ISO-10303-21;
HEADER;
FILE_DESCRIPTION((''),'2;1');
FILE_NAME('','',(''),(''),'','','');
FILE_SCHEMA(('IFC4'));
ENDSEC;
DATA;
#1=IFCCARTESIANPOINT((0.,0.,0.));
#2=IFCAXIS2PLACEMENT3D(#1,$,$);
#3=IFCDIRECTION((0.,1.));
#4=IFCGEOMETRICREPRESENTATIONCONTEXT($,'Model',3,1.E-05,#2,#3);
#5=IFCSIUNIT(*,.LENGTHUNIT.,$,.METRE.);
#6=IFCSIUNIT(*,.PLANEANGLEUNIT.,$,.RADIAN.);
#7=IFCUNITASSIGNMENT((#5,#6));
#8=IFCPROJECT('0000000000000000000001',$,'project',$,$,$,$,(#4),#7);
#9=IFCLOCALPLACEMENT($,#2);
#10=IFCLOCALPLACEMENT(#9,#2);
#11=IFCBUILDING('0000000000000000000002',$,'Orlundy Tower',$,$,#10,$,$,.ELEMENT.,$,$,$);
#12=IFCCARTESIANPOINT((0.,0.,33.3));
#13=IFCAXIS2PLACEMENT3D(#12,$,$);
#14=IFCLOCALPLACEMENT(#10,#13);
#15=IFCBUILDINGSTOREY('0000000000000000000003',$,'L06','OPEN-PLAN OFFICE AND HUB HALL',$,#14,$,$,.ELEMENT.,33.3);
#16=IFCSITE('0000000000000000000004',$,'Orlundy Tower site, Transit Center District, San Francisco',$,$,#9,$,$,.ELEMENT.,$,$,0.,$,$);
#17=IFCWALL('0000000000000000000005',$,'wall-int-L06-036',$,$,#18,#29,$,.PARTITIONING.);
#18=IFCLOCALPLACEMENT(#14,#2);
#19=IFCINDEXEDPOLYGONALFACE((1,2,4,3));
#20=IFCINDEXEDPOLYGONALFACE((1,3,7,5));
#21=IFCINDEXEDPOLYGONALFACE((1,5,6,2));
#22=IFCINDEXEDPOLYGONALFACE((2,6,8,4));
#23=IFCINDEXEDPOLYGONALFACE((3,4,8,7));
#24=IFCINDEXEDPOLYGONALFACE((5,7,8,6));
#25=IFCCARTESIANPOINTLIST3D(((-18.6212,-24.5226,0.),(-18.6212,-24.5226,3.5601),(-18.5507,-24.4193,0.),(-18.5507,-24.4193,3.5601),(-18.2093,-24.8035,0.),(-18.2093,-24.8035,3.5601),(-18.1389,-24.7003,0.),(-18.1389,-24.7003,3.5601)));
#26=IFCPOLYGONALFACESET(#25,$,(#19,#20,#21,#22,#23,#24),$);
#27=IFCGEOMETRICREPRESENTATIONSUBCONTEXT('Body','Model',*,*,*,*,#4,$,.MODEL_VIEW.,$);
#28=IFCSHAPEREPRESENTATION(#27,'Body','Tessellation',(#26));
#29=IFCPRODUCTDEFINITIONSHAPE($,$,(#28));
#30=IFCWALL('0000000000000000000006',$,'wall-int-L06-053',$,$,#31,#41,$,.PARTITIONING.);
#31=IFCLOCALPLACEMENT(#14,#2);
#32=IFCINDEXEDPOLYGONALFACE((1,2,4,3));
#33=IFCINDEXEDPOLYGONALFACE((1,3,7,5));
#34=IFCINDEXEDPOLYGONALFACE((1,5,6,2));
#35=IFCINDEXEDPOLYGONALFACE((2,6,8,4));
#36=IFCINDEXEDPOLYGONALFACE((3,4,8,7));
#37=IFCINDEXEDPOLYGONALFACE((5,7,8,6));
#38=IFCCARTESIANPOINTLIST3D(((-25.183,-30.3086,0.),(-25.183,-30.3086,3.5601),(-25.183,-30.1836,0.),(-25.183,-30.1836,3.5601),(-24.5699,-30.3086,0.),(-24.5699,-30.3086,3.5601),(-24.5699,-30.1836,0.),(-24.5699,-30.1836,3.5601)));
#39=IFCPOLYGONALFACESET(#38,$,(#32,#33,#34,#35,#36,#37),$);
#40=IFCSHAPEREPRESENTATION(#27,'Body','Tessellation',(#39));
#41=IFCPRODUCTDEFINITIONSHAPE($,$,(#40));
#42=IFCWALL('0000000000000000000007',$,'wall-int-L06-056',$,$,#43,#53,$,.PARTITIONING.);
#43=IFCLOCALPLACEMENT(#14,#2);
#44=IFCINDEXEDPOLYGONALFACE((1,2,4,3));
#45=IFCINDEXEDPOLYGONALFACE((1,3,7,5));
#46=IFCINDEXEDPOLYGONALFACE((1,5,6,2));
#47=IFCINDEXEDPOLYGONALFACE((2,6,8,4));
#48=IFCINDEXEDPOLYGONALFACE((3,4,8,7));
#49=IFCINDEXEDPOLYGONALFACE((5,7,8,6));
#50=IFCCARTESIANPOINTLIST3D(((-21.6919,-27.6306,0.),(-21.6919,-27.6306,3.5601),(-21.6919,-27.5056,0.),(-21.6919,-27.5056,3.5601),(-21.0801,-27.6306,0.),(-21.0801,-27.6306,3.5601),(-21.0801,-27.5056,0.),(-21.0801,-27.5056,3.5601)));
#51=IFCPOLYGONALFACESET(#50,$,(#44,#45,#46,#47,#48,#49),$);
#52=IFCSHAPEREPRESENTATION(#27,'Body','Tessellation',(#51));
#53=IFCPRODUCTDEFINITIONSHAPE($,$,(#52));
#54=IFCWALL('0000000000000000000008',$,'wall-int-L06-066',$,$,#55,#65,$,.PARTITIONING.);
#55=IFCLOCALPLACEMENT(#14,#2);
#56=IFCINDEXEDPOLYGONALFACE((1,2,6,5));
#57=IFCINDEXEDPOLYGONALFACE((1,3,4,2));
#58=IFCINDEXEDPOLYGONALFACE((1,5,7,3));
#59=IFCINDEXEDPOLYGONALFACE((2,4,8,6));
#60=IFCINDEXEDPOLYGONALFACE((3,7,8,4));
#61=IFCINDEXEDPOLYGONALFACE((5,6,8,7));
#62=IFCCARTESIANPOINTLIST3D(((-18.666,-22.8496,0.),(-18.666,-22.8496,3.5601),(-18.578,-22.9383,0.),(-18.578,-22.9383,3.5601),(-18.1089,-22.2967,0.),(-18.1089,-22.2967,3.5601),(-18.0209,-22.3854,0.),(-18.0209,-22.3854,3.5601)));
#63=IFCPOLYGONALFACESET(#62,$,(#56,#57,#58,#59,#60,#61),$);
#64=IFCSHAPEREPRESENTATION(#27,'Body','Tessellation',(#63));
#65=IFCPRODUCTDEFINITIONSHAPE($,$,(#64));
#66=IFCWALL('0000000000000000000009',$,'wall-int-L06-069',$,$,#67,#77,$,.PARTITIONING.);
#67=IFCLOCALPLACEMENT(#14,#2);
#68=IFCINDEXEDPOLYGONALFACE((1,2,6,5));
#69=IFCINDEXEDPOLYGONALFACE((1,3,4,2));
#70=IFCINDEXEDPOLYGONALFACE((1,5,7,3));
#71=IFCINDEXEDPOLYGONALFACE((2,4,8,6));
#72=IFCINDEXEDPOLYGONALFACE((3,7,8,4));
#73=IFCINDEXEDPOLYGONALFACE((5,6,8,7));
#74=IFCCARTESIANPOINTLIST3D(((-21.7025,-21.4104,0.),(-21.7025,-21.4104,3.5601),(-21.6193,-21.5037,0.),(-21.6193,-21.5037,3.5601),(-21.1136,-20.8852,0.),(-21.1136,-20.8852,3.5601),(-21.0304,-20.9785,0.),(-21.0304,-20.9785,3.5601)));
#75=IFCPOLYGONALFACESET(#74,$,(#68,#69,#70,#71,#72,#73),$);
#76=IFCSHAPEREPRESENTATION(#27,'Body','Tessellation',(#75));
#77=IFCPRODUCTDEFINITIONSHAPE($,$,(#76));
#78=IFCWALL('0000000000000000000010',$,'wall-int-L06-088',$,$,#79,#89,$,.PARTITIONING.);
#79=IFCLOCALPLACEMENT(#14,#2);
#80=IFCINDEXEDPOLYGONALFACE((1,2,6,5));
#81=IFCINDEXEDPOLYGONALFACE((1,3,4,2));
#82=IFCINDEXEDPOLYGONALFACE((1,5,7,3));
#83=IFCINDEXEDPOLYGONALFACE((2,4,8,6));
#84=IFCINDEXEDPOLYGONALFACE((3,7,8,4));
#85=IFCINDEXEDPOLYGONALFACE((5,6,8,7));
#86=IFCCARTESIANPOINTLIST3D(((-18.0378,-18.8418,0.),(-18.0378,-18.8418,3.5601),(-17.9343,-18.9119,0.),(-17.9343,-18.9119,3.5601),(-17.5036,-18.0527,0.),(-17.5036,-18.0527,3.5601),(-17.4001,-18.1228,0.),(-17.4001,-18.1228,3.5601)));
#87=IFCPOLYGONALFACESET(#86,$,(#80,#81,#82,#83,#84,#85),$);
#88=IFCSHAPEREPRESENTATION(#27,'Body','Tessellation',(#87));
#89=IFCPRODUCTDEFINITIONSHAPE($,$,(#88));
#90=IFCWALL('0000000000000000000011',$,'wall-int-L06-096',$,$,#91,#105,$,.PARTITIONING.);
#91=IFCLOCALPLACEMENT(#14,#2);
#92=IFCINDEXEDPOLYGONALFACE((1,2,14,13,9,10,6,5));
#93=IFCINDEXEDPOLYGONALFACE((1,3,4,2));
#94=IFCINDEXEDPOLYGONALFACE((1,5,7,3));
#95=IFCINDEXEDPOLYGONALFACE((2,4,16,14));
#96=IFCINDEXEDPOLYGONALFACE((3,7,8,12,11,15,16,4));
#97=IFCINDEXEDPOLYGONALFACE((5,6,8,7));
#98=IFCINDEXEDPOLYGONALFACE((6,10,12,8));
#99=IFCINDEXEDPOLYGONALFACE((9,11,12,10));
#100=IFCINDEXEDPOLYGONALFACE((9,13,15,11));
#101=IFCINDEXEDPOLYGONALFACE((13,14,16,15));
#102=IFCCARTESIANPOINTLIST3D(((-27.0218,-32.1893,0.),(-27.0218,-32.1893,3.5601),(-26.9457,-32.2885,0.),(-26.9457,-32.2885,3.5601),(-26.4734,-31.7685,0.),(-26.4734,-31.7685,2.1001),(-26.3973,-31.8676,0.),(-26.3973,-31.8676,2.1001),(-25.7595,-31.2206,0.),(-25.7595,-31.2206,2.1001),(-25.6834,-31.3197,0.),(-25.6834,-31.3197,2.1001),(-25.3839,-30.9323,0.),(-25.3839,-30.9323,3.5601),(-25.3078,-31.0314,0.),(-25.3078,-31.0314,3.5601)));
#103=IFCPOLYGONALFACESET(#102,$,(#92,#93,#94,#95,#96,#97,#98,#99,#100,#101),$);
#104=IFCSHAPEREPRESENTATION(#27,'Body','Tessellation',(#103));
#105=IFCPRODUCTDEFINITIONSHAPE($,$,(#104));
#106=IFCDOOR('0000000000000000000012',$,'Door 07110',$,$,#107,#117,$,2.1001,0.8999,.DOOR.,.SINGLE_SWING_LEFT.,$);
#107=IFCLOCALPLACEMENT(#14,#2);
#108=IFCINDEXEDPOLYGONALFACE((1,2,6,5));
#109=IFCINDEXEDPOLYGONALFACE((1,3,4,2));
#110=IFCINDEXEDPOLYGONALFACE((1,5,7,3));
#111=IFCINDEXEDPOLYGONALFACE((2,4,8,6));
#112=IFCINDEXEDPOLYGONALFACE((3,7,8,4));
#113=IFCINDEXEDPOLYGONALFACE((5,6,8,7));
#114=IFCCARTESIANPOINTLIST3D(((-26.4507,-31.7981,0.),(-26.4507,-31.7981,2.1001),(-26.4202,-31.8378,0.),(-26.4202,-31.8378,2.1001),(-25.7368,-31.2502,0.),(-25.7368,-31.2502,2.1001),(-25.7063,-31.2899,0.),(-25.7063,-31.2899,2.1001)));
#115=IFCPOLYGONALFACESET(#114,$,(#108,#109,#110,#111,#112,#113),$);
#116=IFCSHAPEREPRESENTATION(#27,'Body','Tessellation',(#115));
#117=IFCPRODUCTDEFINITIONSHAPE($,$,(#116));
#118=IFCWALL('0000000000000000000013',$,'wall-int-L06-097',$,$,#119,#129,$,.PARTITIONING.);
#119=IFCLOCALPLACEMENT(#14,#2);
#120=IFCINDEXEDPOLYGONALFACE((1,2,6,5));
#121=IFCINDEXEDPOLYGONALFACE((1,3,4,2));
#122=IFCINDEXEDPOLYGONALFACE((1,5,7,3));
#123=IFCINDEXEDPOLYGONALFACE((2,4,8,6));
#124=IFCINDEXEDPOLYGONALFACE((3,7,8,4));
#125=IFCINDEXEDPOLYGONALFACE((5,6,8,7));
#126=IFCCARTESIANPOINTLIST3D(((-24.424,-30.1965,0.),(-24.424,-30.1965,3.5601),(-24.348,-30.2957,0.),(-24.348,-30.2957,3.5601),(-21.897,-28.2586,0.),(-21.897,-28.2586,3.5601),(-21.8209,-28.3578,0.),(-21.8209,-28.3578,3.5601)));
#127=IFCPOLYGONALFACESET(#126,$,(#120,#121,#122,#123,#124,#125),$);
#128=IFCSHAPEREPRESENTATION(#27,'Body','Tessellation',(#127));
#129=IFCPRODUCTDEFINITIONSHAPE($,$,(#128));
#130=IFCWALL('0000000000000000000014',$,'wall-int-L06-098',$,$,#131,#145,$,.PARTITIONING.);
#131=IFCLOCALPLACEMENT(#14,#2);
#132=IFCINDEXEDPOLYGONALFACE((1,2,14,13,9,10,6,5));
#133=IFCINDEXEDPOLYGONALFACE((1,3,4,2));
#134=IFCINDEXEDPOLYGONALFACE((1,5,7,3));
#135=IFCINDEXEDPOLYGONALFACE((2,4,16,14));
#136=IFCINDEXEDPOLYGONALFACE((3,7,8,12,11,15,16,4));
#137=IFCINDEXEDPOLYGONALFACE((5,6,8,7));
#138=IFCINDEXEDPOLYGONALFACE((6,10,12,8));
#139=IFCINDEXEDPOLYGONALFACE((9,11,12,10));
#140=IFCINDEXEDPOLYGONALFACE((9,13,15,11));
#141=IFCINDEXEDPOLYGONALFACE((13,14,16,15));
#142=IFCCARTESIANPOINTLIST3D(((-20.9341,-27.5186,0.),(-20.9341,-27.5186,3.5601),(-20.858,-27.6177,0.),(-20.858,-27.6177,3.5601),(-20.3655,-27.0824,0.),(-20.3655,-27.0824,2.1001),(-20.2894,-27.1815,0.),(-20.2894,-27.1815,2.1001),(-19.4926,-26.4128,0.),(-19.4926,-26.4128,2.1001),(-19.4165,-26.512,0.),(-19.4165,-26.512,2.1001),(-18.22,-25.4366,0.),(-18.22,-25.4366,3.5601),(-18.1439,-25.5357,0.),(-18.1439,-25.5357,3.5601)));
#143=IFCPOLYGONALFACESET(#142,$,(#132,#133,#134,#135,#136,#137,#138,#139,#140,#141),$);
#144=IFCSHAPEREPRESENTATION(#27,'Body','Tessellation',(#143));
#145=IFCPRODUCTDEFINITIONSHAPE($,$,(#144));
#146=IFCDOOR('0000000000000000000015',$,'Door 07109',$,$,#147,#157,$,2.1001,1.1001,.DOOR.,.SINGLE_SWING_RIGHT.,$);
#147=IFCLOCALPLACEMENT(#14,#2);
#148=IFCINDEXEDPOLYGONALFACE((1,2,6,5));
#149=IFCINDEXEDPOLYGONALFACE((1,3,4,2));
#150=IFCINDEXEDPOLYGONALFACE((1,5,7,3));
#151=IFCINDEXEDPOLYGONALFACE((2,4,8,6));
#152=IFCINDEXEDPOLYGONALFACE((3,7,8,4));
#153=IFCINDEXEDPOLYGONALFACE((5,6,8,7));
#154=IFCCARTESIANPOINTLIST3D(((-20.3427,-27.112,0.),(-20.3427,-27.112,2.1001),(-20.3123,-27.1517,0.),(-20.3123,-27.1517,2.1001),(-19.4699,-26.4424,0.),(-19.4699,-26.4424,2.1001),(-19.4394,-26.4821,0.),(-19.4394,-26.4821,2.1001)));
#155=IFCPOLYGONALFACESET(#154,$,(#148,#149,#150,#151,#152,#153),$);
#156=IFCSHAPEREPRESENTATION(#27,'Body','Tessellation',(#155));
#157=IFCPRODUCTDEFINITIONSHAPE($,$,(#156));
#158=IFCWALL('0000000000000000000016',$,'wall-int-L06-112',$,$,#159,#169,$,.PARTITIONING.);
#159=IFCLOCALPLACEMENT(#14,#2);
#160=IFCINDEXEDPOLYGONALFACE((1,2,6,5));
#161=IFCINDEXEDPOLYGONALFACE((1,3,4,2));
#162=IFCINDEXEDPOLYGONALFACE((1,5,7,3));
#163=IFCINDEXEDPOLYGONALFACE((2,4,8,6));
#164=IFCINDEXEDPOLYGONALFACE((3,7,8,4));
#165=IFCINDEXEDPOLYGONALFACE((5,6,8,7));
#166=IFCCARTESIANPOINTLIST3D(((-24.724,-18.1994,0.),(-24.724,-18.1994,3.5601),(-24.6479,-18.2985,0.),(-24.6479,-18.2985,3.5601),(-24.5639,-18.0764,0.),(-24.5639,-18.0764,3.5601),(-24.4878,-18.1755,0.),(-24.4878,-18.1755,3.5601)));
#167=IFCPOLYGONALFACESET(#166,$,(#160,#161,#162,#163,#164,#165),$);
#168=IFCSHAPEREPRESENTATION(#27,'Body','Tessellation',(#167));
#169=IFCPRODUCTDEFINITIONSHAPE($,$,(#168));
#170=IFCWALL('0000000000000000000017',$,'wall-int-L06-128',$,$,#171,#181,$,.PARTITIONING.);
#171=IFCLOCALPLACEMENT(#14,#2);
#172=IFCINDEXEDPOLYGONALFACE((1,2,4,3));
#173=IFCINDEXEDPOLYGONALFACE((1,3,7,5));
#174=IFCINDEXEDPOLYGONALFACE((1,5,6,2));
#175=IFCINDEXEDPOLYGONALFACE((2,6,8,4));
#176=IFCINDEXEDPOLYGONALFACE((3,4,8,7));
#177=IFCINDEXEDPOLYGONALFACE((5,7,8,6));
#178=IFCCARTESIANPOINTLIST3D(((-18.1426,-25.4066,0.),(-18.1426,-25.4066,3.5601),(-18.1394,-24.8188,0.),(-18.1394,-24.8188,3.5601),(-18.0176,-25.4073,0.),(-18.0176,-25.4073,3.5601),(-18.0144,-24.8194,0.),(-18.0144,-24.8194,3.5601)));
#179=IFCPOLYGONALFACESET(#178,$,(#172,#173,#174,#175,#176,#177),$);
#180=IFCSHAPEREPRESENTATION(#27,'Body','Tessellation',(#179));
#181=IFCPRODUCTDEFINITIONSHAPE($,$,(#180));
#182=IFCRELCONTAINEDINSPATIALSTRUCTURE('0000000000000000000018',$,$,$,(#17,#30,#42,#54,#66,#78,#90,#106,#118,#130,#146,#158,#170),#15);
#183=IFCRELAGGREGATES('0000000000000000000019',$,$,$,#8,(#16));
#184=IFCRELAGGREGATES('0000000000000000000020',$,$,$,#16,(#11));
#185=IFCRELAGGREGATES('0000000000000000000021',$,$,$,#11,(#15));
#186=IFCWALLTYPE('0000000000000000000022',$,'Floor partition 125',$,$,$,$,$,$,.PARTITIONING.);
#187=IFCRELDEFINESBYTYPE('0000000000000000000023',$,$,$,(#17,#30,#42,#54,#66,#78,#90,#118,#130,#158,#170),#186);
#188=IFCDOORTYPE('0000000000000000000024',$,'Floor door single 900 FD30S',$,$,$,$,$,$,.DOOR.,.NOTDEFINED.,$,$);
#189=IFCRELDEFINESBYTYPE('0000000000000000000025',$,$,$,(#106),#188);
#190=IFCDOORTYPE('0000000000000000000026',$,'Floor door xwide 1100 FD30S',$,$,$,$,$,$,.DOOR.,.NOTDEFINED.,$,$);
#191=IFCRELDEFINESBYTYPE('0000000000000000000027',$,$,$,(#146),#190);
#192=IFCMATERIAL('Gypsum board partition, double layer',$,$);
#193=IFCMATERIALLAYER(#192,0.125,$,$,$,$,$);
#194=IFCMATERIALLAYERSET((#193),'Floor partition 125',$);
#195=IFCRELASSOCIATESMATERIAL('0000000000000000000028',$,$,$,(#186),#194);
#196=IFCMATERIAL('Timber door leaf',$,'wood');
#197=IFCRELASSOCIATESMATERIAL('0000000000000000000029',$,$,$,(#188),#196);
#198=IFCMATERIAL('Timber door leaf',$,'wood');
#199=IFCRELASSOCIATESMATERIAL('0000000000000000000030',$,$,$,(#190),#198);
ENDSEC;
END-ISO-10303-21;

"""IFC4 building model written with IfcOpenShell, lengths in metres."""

from ifc_helpers import new_model, si_unit, direction, frame, frame_2d, origin, place, context, subcontext, project, spatial, rectangle, extrude, material, layer, layer_set, type_object, element, fill, save


model = new_model("IFC4")

# Units and contexts
model_context = context("Model", 3, precision=1e-05, world=origin(), true_north=direction((0.0, 1.0)))
body_context = subcontext(model_context, "Body", "Model", "MODEL_VIEW")
ifc_project = project(units=[si_unit("LENGTHUNIT", "METRE"), si_unit("PLANEANGLEUNIT", "RADIAN")], contexts=[model_context])

# Site, building, storey
site_placement = place(None, origin())
site = spatial("IfcSite", under=ifc_project, at=site_placement, Name="Orlundy Tower site, Transit Center District, San Francisco", CompositionType="ELEMENT", RefElevation=0.0)
building_placement = place(site_placement, origin())
building = spatial("IfcBuilding", under=site, at=building_placement, Name="Orlundy Tower", CompositionType="ELEMENT")
storey_placement = place(building_placement, frame((0.0, 0.0, 33.3)))
storey = spatial("IfcBuildingStorey", under=building, at=storey_placement, Name="L06", Description="OPEN-PLAN OFFICE AND HUB HALL", CompositionType="ELEMENT", Elevation=33.3)

# Walls
ifc_material_1 = material(Name="Gypsum board partition, double layer")
ifc_layer_1 = layer(ifc_material_1, 0.125)
ifc_layer_set_1 = layer_set([ifc_layer_1], Name="Floor partition 125")
wall_type_1 = type_object("IfcWallType", Name="Floor partition 125", PredefinedType="PARTITIONING", material=ifc_layer_set_1)
wall_1_placement = place(storey_placement, frame((-18.5859, -24.4709, 0.0), z_axis=(0.0, 0.0, 1.0), x_axis=(0.826051, -0.563595, 0.0)))
element("IfcWall", 1, at=wall_1_placement, inside=storey, type_object=wall_type_1, Name="wall-int-L06-036", PredefinedType="PARTITIONING", context=body_context, shape_type="SweptSolid", body=[
    extrude(rectangle(XDim=0.4985, YDim=0.125, at=frame_2d((0.2493, 0.0))), origin(), (0.0, 0.0, 1.0), 3.5601),
])
wall_2_placement = place(storey_placement, frame((-25.1831, -30.2461, 0.0), z_axis=(0.0, 0.0, 1.0), x_axis=(1.0, 0.0, 0.0)))
element("IfcWall", 2, at=wall_2_placement, inside=storey, type_object=wall_type_1, Name="wall-int-L06-053", PredefinedType="PARTITIONING", context=body_context, shape_type="SweptSolid", body=[
    extrude(rectangle(XDim=0.613, YDim=0.125, at=frame_2d((0.3066, 0.0))), origin(), (0.0, 0.0, 1.0), 3.5601),
])
wall_3_placement = place(storey_placement, frame((-21.6919, -27.5681, 0.0), z_axis=(0.0, 0.0, 1.0), x_axis=(1.0, 0.0, 0.0)))
element("IfcWall", 3, at=wall_3_placement, inside=storey, type_object=wall_type_1, Name="wall-int-L06-056", PredefinedType="PARTITIONING", context=body_context, shape_type="SweptSolid", body=[
    extrude(rectangle(XDim=0.6118, YDim=0.125, at=frame_2d((0.3059, 0.0))), origin(), (0.0, 0.0, 1.0), 3.5601),
])
wall_4_placement = place(storey_placement, frame((-18.6221, -22.894, 0.0), z_axis=(0.0, 0.0, 1.0), x_axis=(0.709746, 0.704458, 0.0)))
element("IfcWall", 4, at=wall_4_placement, inside=storey, type_object=wall_type_1, Name="wall-int-L06-066", PredefinedType="PARTITIONING", context=body_context, shape_type="SweptSolid", body=[
    extrude(rectangle(XDim=0.7849, YDim=0.125, at=frame_2d((0.3926, 0.0))), origin(), (0.0, 0.0, 1.0), 3.5601),
])
wall_5_placement = place(storey_placement, frame((-21.6609, -21.457, 0.0), z_axis=(0.0, 0.0, 1.0), x_axis=(0.746333, 0.665573, 0.0)))
element("IfcWall", 5, at=wall_5_placement, inside=storey, type_object=wall_type_1, Name="wall-int-L06-069", PredefinedType="PARTITIONING", context=body_context, shape_type="SweptSolid", body=[
    extrude(rectangle(XDim=0.7891, YDim=0.125, at=frame_2d((0.3945, 0.0))), origin(), (0.0, 0.0, 1.0), 3.5601),
])
wall_6_placement = place(storey_placement, frame((-17.9861, -18.877, 0.0), z_axis=(0.0, 0.0, 1.0), x_axis=(0.560599, 0.828088, 0.0)))
element("IfcWall", 6, at=wall_6_placement, inside=storey, type_object=wall_type_1, Name="wall-int-L06-088", PredefinedType="PARTITIONING", context=body_context, shape_type="SweptSolid", body=[
    extrude(rectangle(XDim=0.9529, YDim=0.125, at=frame_2d((0.4766, 0.0))), origin(), (0.0, 0.0, 1.0), 3.5601),
])

# Wall, opening, door
wall_7_placement = place(storey_placement, frame((-25.3459, -30.9819, 0.0), z_axis=(0.0, 0.0, 1.0), x_axis=(-0.793296, -0.608836, 0.0)))
wall_7 = element("IfcWall", 7, at=wall_7_placement, inside=storey, type_object=wall_type_1, Name="wall-int-L06-096", PredefinedType="PARTITIONING", context=body_context, shape_type="SweptSolid", body=[
    extrude(rectangle(XDim=2.0647, YDim=0.125, at=frame_2d((1.0322, 0.0))), origin(), (0.0, 0.0, 1.0), 3.5601),
])
opening_1_placement = place(wall_7_placement, frame((0.4734, 0.0, 0.0)))
opening_1 = element("IfcOpeningElement", 8, at=opening_1_placement, cuts=wall_7, PredefinedType="OPENING", context=body_context, shape_type="SweptSolid", body=[
    extrude(rectangle(XDim=0.8999, YDim=2.1001, at=frame_2d((0.45, 1.05))), frame((0.0, 0.0725, 0.0), z_axis=(0.0, -1.0, 0.0), x_axis=(1.0, 0.0, 0.0)), (0.0, 0.0, 1.0), 0.145),
])
ifc_material_2 = material(Name="Timber door leaf", Category="wood")
door_type_1 = type_object("IfcDoorType", Name="Floor door single 900 FD30S", OperationType="NOTDEFINED", PredefinedType="DOOR", material=ifc_material_2)
door_1_placement = place(opening_1_placement, origin())
door_1 = element("IfcDoor", 9, at=door_1_placement, inside=storey, type_object=door_type_1, Name="Door 07110", OperationType="SINGLE_SWING_LEFT", OverallHeight=2.1001, OverallWidth=0.8999, PredefinedType="DOOR", context=body_context, shape_type="SweptSolid", body=[
    extrude(rectangle(XDim=0.8999, YDim=2.1001, at=frame_2d((0.45, 1.05))), frame((0.0, 0.0249, 0.0), z_axis=(0.0, -1.0, 0.0), x_axis=(1.0, 0.0, 0.0)), (0.0, 0.0, 1.0), 0.05),
])
fill(opening_1, door_1)

# Wall
wall_8_placement = place(storey_placement, frame((-24.386, -30.2461, 0.0), z_axis=(0.0, 0.0, 1.0), x_axis=(0.793524, 0.608539, 0.0)))
element("IfcWall", 10, at=wall_8_placement, inside=storey, type_object=wall_type_1, Name="wall-int-L06-097", PredefinedType="PARTITIONING", context=body_context, shape_type="SweptSolid", body=[
    extrude(rectangle(XDim=3.1846, YDim=0.125, at=frame_2d((1.5923, 0.0))), origin(), (0.0, 0.0, 1.0), 3.5601),
])

# Wall, opening, door
wall_9_placement = place(storey_placement, frame((-18.1819, -25.4861, 0.0), z_axis=(0.0, 0.0, 1.0), x_axis=(-0.793435, -0.608655, 0.0)))
wall_9 = element("IfcWall", 11, at=wall_9_placement, inside=storey, type_object=wall_type_1, Name="wall-int-L06-098", PredefinedType="PARTITIONING", context=body_context, shape_type="SweptSolid", body=[
    extrude(rectangle(XDim=3.4207, YDim=0.125, at=frame_2d((1.7104, 0.0))), origin(), (0.0, 0.0, 1.0), 3.5601),
])
opening_2_placement = place(wall_9_placement, frame((1.604, 0.0, 0.0)))
opening_2 = element("IfcOpeningElement", 12, at=opening_2_placement, cuts=wall_9, PredefinedType="OPENING", context=body_context, shape_type="SweptSolid", body=[
    extrude(rectangle(XDim=1.1001, YDim=2.1001, at=frame_2d((0.55, 1.05))), frame((0.0, 0.0725, 0.0), z_axis=(0.0, -1.0, 0.0), x_axis=(1.0, 0.0, 0.0)), (0.0, 0.0, 1.0), 0.145),
])
ifc_material_3 = material(Name="Timber door leaf", Category="wood")
door_type_2 = type_object("IfcDoorType", Name="Floor door xwide 1100 FD30S", OperationType="NOTDEFINED", PredefinedType="DOOR", material=ifc_material_3)
door_2_placement = place(opening_2_placement, origin())
door_2 = element("IfcDoor", 13, at=door_2_placement, inside=storey, type_object=door_type_2, Name="Door 07109", OperationType="SINGLE_SWING_RIGHT", OverallHeight=2.1001, OverallWidth=1.1001, PredefinedType="DOOR", context=body_context, shape_type="SweptSolid", body=[
    extrude(rectangle(XDim=1.1001, YDim=2.1001, at=frame_2d((0.55, 1.05))), frame((0.0, 0.0249, 0.0), z_axis=(0.0, -1.0, 0.0), x_axis=(1.0, 0.0, 0.0)), (0.0, 0.0, 1.0), 0.05),
])
fill(opening_2, door_2)

# Walls
wall_10_placement = place(storey_placement, frame((-24.686, -18.249, 0.0), z_axis=(0.0, 0.0, 1.0), x_axis=(0.792983, 0.609243, 0.0)))
element("IfcWall", 14, at=wall_10_placement, inside=storey, type_object=wall_type_1, Name="wall-int-L06-112", PredefinedType="PARTITIONING", context=body_context, shape_type="SweptSolid", body=[
    extrude(rectangle(XDim=0.2019, YDim=0.125, at=frame_2d((0.1011, 0.0))), origin(), (0.0, 0.0, 1.0), 3.5601),
])
wall_11_placement = place(storey_placement, frame((-18.0801, -25.407, 0.0), z_axis=(0.0, 0.0, 1.0), x_axis=(0.005399, 0.999985, 0.0)))
element("IfcWall", 15, at=wall_11_placement, inside=storey, type_object=wall_type_1, Name="wall-int-L06-128", PredefinedType="PARTITIONING", context=body_context, shape_type="SweptSolid", body=[
    extrude(rectangle(XDim=0.5879, YDim=0.125, at=frame_2d((0.2939, 0.0))), origin(), (0.0, 0.0, 1.0), 3.5601),
])

save(model, "model.ifc")
